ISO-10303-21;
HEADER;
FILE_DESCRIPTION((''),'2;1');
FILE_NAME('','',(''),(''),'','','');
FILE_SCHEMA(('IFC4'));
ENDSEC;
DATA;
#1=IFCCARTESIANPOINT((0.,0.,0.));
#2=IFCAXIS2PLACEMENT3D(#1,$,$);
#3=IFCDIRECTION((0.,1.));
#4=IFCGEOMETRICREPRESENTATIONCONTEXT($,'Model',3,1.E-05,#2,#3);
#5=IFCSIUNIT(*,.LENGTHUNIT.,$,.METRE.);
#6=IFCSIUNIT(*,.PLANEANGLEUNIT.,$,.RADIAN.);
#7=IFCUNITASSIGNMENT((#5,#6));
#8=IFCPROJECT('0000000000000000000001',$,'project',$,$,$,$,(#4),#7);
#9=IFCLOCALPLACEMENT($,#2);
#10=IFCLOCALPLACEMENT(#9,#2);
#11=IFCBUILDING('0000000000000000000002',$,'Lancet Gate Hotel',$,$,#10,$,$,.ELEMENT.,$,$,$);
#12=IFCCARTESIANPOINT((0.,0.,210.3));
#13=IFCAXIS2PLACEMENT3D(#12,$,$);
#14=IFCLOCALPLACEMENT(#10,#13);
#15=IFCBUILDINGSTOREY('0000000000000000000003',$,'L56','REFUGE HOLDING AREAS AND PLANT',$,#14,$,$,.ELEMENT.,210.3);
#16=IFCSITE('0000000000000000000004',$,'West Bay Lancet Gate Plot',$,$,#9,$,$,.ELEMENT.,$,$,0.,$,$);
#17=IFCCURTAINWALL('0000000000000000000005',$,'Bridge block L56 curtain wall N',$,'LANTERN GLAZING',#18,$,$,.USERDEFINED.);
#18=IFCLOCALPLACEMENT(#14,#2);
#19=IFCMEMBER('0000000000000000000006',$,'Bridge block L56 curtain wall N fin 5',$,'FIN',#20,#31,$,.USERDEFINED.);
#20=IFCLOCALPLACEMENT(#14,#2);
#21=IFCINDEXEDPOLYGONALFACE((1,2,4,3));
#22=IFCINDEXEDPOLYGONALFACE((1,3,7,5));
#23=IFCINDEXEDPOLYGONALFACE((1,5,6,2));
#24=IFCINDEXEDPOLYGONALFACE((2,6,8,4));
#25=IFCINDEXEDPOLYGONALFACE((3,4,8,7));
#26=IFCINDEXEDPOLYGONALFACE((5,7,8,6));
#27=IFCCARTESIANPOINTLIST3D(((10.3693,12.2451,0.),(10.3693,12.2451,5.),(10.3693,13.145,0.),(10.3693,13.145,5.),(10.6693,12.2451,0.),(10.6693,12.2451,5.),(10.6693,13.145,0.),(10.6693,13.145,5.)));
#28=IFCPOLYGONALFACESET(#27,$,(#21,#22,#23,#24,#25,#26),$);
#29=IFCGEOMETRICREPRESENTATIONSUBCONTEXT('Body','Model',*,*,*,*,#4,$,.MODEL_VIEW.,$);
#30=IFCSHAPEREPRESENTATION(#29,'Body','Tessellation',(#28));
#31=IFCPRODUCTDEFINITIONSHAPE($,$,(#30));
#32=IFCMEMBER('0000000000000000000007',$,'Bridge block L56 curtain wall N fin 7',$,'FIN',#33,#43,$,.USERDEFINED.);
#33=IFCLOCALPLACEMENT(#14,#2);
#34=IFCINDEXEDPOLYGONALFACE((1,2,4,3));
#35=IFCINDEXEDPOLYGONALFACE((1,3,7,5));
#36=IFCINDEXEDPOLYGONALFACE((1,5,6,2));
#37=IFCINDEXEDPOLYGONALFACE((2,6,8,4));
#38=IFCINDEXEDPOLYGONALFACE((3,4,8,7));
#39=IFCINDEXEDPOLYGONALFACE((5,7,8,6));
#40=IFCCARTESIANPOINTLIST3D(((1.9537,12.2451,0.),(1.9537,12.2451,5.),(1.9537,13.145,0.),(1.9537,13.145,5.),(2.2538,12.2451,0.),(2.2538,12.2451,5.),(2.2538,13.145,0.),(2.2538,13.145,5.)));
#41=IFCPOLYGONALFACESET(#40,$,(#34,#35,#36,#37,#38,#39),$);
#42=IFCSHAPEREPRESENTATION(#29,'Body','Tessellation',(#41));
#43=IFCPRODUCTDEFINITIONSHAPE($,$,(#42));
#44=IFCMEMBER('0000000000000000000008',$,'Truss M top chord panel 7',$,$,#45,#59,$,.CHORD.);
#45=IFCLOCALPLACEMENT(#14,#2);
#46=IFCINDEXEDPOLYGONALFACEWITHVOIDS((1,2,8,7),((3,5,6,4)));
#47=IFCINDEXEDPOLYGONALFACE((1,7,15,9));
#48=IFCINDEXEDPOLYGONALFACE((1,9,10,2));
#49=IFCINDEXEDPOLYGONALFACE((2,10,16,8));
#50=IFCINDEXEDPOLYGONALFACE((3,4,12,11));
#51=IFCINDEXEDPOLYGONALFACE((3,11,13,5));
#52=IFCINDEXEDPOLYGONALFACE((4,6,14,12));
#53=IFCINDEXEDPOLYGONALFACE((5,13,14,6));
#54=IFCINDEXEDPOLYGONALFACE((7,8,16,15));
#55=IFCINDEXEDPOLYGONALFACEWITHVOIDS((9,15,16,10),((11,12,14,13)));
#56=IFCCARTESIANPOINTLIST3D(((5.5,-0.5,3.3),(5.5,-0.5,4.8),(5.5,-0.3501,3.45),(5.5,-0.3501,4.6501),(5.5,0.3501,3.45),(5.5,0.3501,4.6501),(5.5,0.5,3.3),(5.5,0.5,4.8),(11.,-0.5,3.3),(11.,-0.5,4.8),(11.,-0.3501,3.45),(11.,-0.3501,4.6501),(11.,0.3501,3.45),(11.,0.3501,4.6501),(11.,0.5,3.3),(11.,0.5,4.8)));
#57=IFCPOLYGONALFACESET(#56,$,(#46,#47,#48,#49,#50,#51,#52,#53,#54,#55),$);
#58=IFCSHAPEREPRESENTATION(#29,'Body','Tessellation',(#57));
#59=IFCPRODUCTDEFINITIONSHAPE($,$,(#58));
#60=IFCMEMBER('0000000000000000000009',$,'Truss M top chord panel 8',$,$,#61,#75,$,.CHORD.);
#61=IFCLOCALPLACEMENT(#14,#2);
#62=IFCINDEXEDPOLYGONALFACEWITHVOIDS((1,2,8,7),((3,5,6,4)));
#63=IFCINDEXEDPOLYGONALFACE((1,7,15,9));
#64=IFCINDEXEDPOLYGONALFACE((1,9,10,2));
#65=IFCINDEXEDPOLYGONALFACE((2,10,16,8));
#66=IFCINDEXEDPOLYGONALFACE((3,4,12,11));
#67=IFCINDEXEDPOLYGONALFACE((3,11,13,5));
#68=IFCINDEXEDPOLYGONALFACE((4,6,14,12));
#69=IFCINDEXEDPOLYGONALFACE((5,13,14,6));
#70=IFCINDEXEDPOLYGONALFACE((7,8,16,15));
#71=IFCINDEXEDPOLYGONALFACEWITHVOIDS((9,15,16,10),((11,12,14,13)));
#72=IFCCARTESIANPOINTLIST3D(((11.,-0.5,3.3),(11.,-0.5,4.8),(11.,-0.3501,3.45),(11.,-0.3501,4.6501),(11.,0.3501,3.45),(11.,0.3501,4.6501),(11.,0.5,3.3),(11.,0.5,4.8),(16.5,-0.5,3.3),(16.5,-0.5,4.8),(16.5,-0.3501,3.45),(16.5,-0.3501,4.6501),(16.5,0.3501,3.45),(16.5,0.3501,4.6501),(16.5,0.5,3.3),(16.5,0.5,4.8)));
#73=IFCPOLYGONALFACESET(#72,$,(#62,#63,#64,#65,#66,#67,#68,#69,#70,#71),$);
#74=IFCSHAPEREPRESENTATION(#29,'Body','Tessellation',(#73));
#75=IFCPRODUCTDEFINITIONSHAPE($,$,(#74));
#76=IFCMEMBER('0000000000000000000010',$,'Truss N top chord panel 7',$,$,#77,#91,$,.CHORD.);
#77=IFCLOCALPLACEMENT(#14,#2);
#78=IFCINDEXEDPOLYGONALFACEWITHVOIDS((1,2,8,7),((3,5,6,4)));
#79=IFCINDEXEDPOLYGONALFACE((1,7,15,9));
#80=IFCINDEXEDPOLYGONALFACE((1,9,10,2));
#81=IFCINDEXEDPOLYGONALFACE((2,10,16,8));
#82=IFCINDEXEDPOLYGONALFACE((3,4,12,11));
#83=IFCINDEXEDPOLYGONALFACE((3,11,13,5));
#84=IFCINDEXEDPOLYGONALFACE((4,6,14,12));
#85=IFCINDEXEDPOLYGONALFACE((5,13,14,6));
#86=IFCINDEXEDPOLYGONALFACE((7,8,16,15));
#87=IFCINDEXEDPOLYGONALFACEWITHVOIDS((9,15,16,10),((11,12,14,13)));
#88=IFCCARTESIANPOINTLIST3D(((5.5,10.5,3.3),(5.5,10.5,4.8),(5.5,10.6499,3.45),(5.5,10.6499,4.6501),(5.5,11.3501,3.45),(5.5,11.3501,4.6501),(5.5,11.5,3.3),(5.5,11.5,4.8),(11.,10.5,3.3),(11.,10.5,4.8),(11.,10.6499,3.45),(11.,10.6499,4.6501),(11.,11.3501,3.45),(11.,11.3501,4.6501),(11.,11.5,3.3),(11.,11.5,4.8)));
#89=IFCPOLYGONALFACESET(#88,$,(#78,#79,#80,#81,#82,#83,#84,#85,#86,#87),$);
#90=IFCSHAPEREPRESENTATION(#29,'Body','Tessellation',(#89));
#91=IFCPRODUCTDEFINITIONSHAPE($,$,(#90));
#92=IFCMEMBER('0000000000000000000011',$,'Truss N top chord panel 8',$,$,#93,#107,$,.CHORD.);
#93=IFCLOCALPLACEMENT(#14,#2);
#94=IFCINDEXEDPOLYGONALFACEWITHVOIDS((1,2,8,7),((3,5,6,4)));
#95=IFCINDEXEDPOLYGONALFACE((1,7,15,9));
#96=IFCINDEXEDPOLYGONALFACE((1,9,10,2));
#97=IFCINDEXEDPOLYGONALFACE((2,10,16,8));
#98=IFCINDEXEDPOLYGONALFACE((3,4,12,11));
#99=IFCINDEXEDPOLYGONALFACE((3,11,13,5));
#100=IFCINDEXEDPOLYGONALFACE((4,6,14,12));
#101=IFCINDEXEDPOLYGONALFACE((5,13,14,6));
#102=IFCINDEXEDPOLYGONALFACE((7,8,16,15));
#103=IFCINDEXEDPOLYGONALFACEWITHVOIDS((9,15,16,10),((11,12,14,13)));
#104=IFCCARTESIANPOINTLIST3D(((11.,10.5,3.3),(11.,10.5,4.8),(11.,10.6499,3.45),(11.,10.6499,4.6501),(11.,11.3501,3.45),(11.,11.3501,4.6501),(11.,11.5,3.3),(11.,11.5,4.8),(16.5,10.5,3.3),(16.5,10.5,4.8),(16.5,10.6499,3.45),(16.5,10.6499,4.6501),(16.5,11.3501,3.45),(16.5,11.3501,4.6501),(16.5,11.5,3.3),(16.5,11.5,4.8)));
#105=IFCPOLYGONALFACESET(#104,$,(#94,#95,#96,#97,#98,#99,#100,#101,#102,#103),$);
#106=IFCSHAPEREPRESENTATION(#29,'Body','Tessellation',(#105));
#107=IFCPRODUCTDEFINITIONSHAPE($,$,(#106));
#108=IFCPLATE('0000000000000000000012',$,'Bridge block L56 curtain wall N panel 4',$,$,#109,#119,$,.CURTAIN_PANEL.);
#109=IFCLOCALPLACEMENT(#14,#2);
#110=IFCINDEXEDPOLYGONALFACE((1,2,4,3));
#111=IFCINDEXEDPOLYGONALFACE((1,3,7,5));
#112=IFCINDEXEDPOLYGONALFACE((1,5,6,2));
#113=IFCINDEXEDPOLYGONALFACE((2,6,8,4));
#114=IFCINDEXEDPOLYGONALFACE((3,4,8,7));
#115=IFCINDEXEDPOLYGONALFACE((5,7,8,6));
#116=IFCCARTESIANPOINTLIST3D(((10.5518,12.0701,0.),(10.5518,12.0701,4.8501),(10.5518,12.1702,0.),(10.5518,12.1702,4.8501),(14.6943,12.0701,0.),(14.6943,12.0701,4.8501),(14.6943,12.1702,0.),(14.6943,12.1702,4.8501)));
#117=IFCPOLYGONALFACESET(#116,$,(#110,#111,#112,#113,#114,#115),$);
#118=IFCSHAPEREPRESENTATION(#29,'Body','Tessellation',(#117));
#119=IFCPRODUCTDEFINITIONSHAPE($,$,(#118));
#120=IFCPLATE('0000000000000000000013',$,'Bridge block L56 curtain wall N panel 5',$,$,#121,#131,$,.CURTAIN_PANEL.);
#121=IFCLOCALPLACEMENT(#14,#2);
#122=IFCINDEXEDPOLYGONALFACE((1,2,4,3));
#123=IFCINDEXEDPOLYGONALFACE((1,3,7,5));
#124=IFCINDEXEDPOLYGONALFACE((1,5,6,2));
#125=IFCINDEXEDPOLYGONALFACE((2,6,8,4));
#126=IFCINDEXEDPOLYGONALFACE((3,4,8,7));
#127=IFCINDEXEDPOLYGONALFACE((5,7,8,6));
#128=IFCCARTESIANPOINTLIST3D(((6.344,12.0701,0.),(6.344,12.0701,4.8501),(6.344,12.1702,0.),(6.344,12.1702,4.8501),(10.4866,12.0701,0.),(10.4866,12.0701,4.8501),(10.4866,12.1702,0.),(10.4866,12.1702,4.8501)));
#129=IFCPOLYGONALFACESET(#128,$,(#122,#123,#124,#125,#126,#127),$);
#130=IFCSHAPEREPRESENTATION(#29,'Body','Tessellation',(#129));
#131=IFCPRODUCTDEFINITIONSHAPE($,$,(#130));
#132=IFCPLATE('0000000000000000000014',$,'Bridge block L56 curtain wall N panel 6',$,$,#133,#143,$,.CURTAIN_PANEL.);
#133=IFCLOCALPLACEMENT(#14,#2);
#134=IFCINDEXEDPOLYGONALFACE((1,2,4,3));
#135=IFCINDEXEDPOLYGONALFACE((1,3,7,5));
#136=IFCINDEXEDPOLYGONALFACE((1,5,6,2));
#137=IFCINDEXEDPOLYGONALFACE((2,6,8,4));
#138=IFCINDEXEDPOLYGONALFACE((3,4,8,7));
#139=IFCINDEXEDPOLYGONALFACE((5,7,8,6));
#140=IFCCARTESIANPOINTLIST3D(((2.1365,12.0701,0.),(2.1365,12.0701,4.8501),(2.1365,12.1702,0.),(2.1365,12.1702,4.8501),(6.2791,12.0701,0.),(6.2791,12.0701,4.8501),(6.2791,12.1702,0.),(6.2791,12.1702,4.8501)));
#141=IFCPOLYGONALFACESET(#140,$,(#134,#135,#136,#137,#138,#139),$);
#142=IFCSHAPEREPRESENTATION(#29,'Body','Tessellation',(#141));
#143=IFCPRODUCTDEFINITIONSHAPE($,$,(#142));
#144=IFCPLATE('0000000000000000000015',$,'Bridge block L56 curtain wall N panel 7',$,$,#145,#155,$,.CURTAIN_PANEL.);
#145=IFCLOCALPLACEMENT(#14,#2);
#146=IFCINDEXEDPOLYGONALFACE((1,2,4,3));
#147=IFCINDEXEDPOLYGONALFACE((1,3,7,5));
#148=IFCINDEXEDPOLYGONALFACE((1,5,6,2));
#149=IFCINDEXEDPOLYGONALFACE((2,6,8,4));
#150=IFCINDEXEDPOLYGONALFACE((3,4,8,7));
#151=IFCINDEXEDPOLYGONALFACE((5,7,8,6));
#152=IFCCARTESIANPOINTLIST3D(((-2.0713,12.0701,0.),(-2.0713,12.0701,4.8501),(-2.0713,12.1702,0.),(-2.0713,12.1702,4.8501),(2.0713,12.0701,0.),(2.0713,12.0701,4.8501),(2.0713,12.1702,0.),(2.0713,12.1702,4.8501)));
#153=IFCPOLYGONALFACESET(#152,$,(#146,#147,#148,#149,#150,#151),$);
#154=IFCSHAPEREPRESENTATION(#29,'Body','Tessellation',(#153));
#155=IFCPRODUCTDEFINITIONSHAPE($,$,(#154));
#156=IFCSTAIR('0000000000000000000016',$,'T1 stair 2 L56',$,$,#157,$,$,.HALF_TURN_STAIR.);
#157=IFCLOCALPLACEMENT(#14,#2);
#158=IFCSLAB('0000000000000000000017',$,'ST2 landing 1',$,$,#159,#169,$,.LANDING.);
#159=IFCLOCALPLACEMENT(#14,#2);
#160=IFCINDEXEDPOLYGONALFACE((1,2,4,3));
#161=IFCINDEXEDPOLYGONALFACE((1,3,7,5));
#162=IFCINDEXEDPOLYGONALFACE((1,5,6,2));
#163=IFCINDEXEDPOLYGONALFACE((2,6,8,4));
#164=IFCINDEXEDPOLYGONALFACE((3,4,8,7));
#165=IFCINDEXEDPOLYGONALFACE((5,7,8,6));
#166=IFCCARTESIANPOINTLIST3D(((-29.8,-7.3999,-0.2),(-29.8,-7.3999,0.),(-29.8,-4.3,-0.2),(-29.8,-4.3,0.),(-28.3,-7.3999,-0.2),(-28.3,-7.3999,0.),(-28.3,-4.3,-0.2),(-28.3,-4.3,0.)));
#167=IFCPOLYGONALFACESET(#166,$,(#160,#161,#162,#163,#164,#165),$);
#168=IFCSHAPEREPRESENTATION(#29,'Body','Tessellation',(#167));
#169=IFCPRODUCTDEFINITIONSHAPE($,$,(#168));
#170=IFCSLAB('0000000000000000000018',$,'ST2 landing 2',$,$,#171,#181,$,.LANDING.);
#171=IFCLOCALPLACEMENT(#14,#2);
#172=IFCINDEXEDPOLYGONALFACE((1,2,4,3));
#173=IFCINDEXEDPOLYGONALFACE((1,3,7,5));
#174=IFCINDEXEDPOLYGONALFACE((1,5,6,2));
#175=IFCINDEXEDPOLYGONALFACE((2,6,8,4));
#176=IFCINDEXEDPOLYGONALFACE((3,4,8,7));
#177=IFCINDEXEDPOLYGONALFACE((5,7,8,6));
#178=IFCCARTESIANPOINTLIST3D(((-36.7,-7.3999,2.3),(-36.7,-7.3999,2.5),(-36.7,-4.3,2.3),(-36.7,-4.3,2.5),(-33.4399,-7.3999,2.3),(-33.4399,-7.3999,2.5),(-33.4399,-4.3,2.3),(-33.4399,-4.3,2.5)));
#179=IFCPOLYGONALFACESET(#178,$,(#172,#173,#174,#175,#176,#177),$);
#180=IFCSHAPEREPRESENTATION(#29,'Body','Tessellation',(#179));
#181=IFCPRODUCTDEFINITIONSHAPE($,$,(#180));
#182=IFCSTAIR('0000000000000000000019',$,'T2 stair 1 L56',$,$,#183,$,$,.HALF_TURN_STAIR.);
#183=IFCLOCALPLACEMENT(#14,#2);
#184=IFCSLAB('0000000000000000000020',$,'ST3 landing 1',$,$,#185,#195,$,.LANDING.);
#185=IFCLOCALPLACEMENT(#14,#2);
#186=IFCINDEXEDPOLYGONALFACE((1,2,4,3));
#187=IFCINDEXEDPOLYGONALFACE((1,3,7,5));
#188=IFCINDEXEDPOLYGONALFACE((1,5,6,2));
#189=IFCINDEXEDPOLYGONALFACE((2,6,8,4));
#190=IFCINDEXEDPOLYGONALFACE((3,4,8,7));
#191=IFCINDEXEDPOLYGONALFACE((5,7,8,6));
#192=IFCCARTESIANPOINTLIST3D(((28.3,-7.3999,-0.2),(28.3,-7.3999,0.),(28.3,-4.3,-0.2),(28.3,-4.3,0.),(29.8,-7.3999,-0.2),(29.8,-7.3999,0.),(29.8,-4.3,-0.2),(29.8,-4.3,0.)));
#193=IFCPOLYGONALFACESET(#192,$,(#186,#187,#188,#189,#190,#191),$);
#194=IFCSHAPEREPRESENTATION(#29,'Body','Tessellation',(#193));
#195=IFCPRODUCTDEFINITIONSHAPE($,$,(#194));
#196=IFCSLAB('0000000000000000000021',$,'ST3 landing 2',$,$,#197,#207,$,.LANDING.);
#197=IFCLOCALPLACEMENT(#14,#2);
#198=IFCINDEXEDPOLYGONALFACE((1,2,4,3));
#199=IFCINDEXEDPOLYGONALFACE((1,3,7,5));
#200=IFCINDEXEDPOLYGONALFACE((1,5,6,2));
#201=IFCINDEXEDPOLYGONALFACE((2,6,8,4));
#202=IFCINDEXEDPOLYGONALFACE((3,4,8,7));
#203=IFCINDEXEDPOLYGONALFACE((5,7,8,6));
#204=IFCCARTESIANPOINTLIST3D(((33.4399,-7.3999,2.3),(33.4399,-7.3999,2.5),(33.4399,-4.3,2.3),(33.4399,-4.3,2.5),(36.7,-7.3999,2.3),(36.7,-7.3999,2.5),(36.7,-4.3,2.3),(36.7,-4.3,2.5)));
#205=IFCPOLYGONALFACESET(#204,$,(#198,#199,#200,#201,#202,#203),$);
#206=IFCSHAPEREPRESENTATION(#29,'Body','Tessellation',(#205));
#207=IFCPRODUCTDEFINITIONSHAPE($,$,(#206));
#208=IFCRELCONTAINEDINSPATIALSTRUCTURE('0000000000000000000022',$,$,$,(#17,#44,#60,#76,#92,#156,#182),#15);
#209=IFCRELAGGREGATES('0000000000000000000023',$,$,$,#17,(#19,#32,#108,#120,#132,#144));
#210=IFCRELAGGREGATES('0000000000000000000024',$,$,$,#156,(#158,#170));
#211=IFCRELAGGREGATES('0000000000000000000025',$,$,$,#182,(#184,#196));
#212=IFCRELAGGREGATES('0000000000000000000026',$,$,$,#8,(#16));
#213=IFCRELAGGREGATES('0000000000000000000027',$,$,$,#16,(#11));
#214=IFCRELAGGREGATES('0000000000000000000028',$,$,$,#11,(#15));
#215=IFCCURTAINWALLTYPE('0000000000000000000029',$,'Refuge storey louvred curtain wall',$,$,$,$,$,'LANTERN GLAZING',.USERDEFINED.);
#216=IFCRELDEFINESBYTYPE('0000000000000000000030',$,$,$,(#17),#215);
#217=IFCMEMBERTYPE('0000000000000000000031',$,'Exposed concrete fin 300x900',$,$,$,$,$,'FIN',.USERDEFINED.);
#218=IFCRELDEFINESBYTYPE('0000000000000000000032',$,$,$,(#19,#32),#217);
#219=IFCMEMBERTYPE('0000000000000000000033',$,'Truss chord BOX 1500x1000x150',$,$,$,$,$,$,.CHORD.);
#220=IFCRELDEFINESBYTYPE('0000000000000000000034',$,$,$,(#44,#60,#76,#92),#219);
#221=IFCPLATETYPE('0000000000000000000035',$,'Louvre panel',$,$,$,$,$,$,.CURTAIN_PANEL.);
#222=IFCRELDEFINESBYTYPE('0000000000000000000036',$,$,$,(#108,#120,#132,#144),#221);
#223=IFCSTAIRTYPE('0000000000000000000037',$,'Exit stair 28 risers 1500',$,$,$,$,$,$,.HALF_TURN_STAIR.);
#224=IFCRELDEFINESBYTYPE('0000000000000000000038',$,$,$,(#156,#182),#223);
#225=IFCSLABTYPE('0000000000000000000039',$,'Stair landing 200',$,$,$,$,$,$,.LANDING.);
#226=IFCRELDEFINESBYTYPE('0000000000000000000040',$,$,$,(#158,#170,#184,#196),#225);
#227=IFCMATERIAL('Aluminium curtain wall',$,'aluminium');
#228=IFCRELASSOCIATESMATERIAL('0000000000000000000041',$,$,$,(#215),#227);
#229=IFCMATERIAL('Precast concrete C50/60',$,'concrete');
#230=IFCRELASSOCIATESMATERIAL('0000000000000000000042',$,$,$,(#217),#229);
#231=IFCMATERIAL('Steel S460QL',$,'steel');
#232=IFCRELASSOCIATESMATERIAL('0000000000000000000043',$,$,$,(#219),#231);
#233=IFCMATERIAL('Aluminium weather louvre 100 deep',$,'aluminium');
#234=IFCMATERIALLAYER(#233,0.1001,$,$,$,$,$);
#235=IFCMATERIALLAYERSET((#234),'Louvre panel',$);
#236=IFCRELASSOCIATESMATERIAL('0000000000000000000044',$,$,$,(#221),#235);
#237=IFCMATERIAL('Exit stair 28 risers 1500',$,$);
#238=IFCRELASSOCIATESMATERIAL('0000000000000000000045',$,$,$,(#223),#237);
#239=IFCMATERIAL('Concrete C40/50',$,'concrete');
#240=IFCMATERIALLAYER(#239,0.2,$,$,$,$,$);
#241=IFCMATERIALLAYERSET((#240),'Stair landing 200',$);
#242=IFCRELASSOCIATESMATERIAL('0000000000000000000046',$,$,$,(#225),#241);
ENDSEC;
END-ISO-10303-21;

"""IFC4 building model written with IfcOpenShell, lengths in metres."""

from ifc_helpers import new_model, si_unit, direction, frame, origin, origin_2d, place, context, subcontext, project, spatial, polyline, rectangle, hollow_rectangle, outline, extrude, material, layer, layer_set, material_profile, profile_set, type_object, element, aggregate, save


model = new_model("IFC4")

# Units and contexts
model_context = context("Model", 3, precision=1e-05, world=origin(), true_north=direction((0.0, 1.0)))
body_context = subcontext(model_context, "Body", "Model", "MODEL_VIEW")
ifc_project = project(units=[si_unit("LENGTHUNIT", "METRE"), si_unit("PLANEANGLEUNIT", "RADIAN")], contexts=[model_context])

# Site, building, storey
site_placement = place(None, origin())
site = spatial("IfcSite", under=ifc_project, at=site_placement, Name="West Bay Lancet Gate Plot", CompositionType="ELEMENT", RefElevation=0.0)
building_placement = place(site_placement, origin())
building = spatial("IfcBuilding", under=site, at=building_placement, Name="Lancet Gate Hotel", CompositionType="ELEMENT")
storey_placement = place(building_placement, frame((0.0, 0.0, 210.3)))
storey = spatial("IfcBuildingStorey", under=building, at=storey_placement, Name="L56", Description="REFUGE HOLDING AREAS AND PLANT", CompositionType="ELEMENT", Elevation=210.3)

# Curtain wall
ifc_material_1 = material(Name="Aluminium curtain wall", Category="aluminium")
curtain_wall_type = type_object("IfcCurtainWallType", Name="Refuge storey louvred curtain wall", ElementType="LANTERN GLAZING", PredefinedType="USERDEFINED", material=ifc_material_1)
curtain_wall_placement = place(storey_placement, origin())
curtain_wall = element("IfcCurtainWall", 1, at=curtain_wall_placement, inside=storey, type_object=curtain_wall_type, Name="Bridge block L56 curtain wall N", ObjectType="LANTERN GLAZING", PredefinedType="USERDEFINED")

# Members
ifc_material_2 = material(Name="Precast concrete C50/60", Category="concrete")
ifc_material_profile_1 = material_profile(ifc_material_2, rectangle(XDim=0.3, YDim=0.8999, at=origin_2d()), Name="FIN 300x900")
ifc_profile_set_1 = profile_set([ifc_material_profile_1], Name="Precast concrete C50/60")
member_type_1 = type_object("IfcMemberType", Name="Exposed concrete fin 300x900", ElementType="FIN", PredefinedType="USERDEFINED", material=ifc_profile_set_1)
member_1_placement = place(storey_placement, frame((10.5193, 12.6951, 0.0), z_axis=(0.0, 0.0, 1.0), x_axis=(-1.0, 0.0, 0.0)))
member_1 = element("IfcMember", 2, at=member_1_placement, type_object=member_type_1, Name="Bridge block L56 curtain wall N fin 5", ObjectType="FIN", PredefinedType="USERDEFINED", context=body_context, shape_type="SweptSolid", body=[
    extrude(rectangle(XDim=0.3, YDim=0.8999, at=origin_2d()), origin(), (0.0, 0.0, 1.0), 5.0),
])
member_2_placement = place(storey_placement, frame((2.1038, 12.6951, 0.0), z_axis=(0.0, 0.0, 1.0), x_axis=(-1.0, 0.0, 0.0)))
member_2 = element("IfcMember", 3, at=member_2_placement, type_object=member_type_1, Name="Bridge block L56 curtain wall N fin 7", ObjectType="FIN", PredefinedType="USERDEFINED", context=body_context, shape_type="SweptSolid", body=[
    extrude(rectangle(XDim=0.3, YDim=0.8999, at=origin_2d()), origin(), (0.0, 0.0, 1.0), 5.0),
])

# Members
ifc_material_3 = material(Name="Steel S460QL", Category="steel")
ifc_material_profile_2 = material_profile(ifc_material_3, hollow_rectangle(XDim=1.0, YDim=1.5, WallThickness=0.1499, at=origin_2d()), Name="BOX 1500x1000x150")
ifc_profile_set_2 = profile_set([ifc_material_profile_2], Name="Steel S460QL")
member_type_2 = type_object("IfcMemberType", Name="Truss chord BOX 1500x1000x150", PredefinedType="CHORD", material=ifc_profile_set_2)
for number, where, z_axis, x_axis, name in (
    (4, (5.5, 0.0, 4.05), (1.0, 0.0, 0.0), (0.0, 1.0, 0.0), "Truss M top chord panel 7"),
    (5, (11.0, 0.0, 4.05), (1.0, 0.0, 0.0), (0.0, 1.0, 0.0), "Truss M top chord panel 8"),
    (6, (5.5, 11.0, 4.05), (1.0, 0.0, 0.0), (0.0, 1.0, 0.0), "Truss N top chord panel 7"),
    (7, (11.0, 11.0, 4.05), (1.0, 0.0, 0.0), (0.0, 1.0, 0.0), "Truss N top chord panel 8"),
):
    element("IfcMember", number, at=place(storey_placement, frame(where, z_axis=z_axis, x_axis=x_axis)), inside=storey, type_object=member_type_2, Name=name, PredefinedType="CHORD", context=body_context, shape_type="SweptSolid", body=[
        extrude(hollow_rectangle(XDim=1.0, YDim=1.5, WallThickness=0.1499, at=origin_2d()), origin(), (0.0, 0.0, 1.0), 5.5),
    ])

# Plates
ifc_material_4 = material(Name="Aluminium weather louvre 100 deep", Category="aluminium")
ifc_layer_1 = layer(ifc_material_4, 0.1001)
ifc_layer_set_1 = layer_set([ifc_layer_1], Name="Louvre panel")
plate_type = type_object("IfcPlateType", Name="Louvre panel", PredefinedType="CURTAIN_PANEL", material=ifc_layer_set_1)
plate_1_placement = place(storey_placement, frame((12.623, 12.1201, 0.0), z_axis=(0.0, 0.0, 1.0), x_axis=(-1.0, 0.0, 0.0)))
plate_1 = element("IfcPlate", 8, at=plate_1_placement, type_object=plate_type, Name="Bridge block L56 curtain wall N panel 4", PredefinedType="CURTAIN_PANEL", context=body_context, shape_type="SweptSolid", body=[
    extrude(rectangle(XDim=4.1426, YDim=0.1001, at=origin_2d()), origin(), (0.0, 0.0, 1.0), 4.8501),
])
plate_2_placement = place(storey_placement, frame((8.4153, 12.1201, 0.0), z_axis=(0.0, 0.0, 1.0), x_axis=(-1.0, 0.0, 0.0)))
plate_2 = element("IfcPlate", 9, at=plate_2_placement, type_object=plate_type, Name="Bridge block L56 curtain wall N panel 5", PredefinedType="CURTAIN_PANEL", context=body_context, shape_type="SweptSolid", body=[
    extrude(rectangle(XDim=4.1426, YDim=0.1001, at=origin_2d()), origin(), (0.0, 0.0, 1.0), 4.8501),
])
plate_3_placement = place(storey_placement, frame((4.2078, 12.1201, 0.0), z_axis=(0.0, 0.0, 1.0), x_axis=(-1.0, 0.0, 0.0)))
plate_3 = element("IfcPlate", 10, at=plate_3_placement, type_object=plate_type, Name="Bridge block L56 curtain wall N panel 6", PredefinedType="CURTAIN_PANEL", context=body_context, shape_type="SweptSolid", body=[
    extrude(rectangle(XDim=4.1426, YDim=0.1001, at=origin_2d()), origin(), (0.0, 0.0, 1.0), 4.8501),
])
plate_4_placement = place(storey_placement, frame((0.0, 12.1201, 0.0), z_axis=(0.0, 0.0, 1.0), x_axis=(-1.0, 0.0, 0.0)))
plate_4 = element("IfcPlate", 11, at=plate_4_placement, type_object=plate_type, Name="Bridge block L56 curtain wall N panel 7", PredefinedType="CURTAIN_PANEL", context=body_context, shape_type="SweptSolid", body=[
    extrude(rectangle(XDim=4.1426, YDim=0.1001, at=origin_2d()), origin(), (0.0, 0.0, 1.0), 4.8501),
])
aggregate(curtain_wall, [member_1, member_2, plate_1, plate_2, plate_3, plate_4])

# Stairs, slabs
ifc_material_5 = material(Name="Exit stair 28 risers 1500")
stair_type = type_object("IfcStairType", Name="Exit stair 28 risers 1500", PredefinedType="HALF_TURN_STAIR", material=ifc_material_5)
stair_1_placement = place(storey_placement, origin())
stair_1 = element("IfcStair", 12, at=stair_1_placement, inside=storey, type_object=stair_type, Name="T1 stair 2 L56", PredefinedType="HALF_TURN_STAIR")
ifc_material_6 = material(Name="Concrete C40/50", Category="concrete")
ifc_layer_2 = layer(ifc_material_6, 0.2)
ifc_layer_set_2 = layer_set([ifc_layer_2], Name="Stair landing 200")
slab_type = type_object("IfcSlabType", Name="Stair landing 200", PredefinedType="LANDING", material=ifc_layer_set_2)
slab_1_placement = place(storey_placement, frame((0.0, 0.0, -0.2)))
slab_1 = element("IfcSlab", 13, at=slab_1_placement, type_object=slab_type, Name="ST2 landing 1", PredefinedType="LANDING", context=body_context, shape_type="SweptSolid", body=[
    extrude(outline(polyline([(-28.3, -4.3), (-29.8, -4.3), (-29.8, -7.3999), (-28.3, -7.3999), (-28.3, -4.3)])), origin(), (0.0, 0.0, 1.0), 0.2),
])
slab_2_placement = place(storey_placement, frame((0.0, 0.0, 2.3)))
slab_2 = element("IfcSlab", 14, at=slab_2_placement, type_object=slab_type, Name="ST2 landing 2", PredefinedType="LANDING", context=body_context, shape_type="SweptSolid", body=[
    extrude(outline(polyline([(-33.4399, -4.3), (-36.7, -4.3), (-36.7, -7.3999), (-33.4399, -7.3999), (-33.4399, -4.3)])), origin(), (0.0, 0.0, 1.0), 0.2),
])
aggregate(stair_1, [slab_1, slab_2])
stair_2_placement = place(storey_placement, origin())
stair_2 = element("IfcStair", 15, at=stair_2_placement, inside=storey, type_object=stair_type, Name="T2 stair 1 L56", PredefinedType="HALF_TURN_STAIR")
slab_3_placement = place(storey_placement, frame((0.0, 0.0, -0.2)))
slab_3 = element("IfcSlab", 16, at=slab_3_placement, type_object=slab_type, Name="ST3 landing 1", PredefinedType="LANDING", context=body_context, shape_type="SweptSolid", body=[
    extrude(outline(polyline([(28.3, -7.3999), (29.8, -7.3999), (29.8, -4.3), (28.3, -4.3), (28.3, -7.3999)])), origin(), (0.0, 0.0, 1.0), 0.2),
])
slab_4_placement = place(storey_placement, frame((0.0, 0.0, 2.3)))
slab_4 = element("IfcSlab", 17, at=slab_4_placement, type_object=slab_type, Name="ST3 landing 2", PredefinedType="LANDING", context=body_context, shape_type="SweptSolid", body=[
    extrude(outline(polyline([(33.4399, -7.3999), (36.7, -7.3999), (36.7, -4.3), (33.4399, -4.3), (33.4399, -7.3999)])), origin(), (0.0, 0.0, 1.0), 0.2),
])
aggregate(stair_2, [slab_3, slab_4])

save(model, "model.ifc")
